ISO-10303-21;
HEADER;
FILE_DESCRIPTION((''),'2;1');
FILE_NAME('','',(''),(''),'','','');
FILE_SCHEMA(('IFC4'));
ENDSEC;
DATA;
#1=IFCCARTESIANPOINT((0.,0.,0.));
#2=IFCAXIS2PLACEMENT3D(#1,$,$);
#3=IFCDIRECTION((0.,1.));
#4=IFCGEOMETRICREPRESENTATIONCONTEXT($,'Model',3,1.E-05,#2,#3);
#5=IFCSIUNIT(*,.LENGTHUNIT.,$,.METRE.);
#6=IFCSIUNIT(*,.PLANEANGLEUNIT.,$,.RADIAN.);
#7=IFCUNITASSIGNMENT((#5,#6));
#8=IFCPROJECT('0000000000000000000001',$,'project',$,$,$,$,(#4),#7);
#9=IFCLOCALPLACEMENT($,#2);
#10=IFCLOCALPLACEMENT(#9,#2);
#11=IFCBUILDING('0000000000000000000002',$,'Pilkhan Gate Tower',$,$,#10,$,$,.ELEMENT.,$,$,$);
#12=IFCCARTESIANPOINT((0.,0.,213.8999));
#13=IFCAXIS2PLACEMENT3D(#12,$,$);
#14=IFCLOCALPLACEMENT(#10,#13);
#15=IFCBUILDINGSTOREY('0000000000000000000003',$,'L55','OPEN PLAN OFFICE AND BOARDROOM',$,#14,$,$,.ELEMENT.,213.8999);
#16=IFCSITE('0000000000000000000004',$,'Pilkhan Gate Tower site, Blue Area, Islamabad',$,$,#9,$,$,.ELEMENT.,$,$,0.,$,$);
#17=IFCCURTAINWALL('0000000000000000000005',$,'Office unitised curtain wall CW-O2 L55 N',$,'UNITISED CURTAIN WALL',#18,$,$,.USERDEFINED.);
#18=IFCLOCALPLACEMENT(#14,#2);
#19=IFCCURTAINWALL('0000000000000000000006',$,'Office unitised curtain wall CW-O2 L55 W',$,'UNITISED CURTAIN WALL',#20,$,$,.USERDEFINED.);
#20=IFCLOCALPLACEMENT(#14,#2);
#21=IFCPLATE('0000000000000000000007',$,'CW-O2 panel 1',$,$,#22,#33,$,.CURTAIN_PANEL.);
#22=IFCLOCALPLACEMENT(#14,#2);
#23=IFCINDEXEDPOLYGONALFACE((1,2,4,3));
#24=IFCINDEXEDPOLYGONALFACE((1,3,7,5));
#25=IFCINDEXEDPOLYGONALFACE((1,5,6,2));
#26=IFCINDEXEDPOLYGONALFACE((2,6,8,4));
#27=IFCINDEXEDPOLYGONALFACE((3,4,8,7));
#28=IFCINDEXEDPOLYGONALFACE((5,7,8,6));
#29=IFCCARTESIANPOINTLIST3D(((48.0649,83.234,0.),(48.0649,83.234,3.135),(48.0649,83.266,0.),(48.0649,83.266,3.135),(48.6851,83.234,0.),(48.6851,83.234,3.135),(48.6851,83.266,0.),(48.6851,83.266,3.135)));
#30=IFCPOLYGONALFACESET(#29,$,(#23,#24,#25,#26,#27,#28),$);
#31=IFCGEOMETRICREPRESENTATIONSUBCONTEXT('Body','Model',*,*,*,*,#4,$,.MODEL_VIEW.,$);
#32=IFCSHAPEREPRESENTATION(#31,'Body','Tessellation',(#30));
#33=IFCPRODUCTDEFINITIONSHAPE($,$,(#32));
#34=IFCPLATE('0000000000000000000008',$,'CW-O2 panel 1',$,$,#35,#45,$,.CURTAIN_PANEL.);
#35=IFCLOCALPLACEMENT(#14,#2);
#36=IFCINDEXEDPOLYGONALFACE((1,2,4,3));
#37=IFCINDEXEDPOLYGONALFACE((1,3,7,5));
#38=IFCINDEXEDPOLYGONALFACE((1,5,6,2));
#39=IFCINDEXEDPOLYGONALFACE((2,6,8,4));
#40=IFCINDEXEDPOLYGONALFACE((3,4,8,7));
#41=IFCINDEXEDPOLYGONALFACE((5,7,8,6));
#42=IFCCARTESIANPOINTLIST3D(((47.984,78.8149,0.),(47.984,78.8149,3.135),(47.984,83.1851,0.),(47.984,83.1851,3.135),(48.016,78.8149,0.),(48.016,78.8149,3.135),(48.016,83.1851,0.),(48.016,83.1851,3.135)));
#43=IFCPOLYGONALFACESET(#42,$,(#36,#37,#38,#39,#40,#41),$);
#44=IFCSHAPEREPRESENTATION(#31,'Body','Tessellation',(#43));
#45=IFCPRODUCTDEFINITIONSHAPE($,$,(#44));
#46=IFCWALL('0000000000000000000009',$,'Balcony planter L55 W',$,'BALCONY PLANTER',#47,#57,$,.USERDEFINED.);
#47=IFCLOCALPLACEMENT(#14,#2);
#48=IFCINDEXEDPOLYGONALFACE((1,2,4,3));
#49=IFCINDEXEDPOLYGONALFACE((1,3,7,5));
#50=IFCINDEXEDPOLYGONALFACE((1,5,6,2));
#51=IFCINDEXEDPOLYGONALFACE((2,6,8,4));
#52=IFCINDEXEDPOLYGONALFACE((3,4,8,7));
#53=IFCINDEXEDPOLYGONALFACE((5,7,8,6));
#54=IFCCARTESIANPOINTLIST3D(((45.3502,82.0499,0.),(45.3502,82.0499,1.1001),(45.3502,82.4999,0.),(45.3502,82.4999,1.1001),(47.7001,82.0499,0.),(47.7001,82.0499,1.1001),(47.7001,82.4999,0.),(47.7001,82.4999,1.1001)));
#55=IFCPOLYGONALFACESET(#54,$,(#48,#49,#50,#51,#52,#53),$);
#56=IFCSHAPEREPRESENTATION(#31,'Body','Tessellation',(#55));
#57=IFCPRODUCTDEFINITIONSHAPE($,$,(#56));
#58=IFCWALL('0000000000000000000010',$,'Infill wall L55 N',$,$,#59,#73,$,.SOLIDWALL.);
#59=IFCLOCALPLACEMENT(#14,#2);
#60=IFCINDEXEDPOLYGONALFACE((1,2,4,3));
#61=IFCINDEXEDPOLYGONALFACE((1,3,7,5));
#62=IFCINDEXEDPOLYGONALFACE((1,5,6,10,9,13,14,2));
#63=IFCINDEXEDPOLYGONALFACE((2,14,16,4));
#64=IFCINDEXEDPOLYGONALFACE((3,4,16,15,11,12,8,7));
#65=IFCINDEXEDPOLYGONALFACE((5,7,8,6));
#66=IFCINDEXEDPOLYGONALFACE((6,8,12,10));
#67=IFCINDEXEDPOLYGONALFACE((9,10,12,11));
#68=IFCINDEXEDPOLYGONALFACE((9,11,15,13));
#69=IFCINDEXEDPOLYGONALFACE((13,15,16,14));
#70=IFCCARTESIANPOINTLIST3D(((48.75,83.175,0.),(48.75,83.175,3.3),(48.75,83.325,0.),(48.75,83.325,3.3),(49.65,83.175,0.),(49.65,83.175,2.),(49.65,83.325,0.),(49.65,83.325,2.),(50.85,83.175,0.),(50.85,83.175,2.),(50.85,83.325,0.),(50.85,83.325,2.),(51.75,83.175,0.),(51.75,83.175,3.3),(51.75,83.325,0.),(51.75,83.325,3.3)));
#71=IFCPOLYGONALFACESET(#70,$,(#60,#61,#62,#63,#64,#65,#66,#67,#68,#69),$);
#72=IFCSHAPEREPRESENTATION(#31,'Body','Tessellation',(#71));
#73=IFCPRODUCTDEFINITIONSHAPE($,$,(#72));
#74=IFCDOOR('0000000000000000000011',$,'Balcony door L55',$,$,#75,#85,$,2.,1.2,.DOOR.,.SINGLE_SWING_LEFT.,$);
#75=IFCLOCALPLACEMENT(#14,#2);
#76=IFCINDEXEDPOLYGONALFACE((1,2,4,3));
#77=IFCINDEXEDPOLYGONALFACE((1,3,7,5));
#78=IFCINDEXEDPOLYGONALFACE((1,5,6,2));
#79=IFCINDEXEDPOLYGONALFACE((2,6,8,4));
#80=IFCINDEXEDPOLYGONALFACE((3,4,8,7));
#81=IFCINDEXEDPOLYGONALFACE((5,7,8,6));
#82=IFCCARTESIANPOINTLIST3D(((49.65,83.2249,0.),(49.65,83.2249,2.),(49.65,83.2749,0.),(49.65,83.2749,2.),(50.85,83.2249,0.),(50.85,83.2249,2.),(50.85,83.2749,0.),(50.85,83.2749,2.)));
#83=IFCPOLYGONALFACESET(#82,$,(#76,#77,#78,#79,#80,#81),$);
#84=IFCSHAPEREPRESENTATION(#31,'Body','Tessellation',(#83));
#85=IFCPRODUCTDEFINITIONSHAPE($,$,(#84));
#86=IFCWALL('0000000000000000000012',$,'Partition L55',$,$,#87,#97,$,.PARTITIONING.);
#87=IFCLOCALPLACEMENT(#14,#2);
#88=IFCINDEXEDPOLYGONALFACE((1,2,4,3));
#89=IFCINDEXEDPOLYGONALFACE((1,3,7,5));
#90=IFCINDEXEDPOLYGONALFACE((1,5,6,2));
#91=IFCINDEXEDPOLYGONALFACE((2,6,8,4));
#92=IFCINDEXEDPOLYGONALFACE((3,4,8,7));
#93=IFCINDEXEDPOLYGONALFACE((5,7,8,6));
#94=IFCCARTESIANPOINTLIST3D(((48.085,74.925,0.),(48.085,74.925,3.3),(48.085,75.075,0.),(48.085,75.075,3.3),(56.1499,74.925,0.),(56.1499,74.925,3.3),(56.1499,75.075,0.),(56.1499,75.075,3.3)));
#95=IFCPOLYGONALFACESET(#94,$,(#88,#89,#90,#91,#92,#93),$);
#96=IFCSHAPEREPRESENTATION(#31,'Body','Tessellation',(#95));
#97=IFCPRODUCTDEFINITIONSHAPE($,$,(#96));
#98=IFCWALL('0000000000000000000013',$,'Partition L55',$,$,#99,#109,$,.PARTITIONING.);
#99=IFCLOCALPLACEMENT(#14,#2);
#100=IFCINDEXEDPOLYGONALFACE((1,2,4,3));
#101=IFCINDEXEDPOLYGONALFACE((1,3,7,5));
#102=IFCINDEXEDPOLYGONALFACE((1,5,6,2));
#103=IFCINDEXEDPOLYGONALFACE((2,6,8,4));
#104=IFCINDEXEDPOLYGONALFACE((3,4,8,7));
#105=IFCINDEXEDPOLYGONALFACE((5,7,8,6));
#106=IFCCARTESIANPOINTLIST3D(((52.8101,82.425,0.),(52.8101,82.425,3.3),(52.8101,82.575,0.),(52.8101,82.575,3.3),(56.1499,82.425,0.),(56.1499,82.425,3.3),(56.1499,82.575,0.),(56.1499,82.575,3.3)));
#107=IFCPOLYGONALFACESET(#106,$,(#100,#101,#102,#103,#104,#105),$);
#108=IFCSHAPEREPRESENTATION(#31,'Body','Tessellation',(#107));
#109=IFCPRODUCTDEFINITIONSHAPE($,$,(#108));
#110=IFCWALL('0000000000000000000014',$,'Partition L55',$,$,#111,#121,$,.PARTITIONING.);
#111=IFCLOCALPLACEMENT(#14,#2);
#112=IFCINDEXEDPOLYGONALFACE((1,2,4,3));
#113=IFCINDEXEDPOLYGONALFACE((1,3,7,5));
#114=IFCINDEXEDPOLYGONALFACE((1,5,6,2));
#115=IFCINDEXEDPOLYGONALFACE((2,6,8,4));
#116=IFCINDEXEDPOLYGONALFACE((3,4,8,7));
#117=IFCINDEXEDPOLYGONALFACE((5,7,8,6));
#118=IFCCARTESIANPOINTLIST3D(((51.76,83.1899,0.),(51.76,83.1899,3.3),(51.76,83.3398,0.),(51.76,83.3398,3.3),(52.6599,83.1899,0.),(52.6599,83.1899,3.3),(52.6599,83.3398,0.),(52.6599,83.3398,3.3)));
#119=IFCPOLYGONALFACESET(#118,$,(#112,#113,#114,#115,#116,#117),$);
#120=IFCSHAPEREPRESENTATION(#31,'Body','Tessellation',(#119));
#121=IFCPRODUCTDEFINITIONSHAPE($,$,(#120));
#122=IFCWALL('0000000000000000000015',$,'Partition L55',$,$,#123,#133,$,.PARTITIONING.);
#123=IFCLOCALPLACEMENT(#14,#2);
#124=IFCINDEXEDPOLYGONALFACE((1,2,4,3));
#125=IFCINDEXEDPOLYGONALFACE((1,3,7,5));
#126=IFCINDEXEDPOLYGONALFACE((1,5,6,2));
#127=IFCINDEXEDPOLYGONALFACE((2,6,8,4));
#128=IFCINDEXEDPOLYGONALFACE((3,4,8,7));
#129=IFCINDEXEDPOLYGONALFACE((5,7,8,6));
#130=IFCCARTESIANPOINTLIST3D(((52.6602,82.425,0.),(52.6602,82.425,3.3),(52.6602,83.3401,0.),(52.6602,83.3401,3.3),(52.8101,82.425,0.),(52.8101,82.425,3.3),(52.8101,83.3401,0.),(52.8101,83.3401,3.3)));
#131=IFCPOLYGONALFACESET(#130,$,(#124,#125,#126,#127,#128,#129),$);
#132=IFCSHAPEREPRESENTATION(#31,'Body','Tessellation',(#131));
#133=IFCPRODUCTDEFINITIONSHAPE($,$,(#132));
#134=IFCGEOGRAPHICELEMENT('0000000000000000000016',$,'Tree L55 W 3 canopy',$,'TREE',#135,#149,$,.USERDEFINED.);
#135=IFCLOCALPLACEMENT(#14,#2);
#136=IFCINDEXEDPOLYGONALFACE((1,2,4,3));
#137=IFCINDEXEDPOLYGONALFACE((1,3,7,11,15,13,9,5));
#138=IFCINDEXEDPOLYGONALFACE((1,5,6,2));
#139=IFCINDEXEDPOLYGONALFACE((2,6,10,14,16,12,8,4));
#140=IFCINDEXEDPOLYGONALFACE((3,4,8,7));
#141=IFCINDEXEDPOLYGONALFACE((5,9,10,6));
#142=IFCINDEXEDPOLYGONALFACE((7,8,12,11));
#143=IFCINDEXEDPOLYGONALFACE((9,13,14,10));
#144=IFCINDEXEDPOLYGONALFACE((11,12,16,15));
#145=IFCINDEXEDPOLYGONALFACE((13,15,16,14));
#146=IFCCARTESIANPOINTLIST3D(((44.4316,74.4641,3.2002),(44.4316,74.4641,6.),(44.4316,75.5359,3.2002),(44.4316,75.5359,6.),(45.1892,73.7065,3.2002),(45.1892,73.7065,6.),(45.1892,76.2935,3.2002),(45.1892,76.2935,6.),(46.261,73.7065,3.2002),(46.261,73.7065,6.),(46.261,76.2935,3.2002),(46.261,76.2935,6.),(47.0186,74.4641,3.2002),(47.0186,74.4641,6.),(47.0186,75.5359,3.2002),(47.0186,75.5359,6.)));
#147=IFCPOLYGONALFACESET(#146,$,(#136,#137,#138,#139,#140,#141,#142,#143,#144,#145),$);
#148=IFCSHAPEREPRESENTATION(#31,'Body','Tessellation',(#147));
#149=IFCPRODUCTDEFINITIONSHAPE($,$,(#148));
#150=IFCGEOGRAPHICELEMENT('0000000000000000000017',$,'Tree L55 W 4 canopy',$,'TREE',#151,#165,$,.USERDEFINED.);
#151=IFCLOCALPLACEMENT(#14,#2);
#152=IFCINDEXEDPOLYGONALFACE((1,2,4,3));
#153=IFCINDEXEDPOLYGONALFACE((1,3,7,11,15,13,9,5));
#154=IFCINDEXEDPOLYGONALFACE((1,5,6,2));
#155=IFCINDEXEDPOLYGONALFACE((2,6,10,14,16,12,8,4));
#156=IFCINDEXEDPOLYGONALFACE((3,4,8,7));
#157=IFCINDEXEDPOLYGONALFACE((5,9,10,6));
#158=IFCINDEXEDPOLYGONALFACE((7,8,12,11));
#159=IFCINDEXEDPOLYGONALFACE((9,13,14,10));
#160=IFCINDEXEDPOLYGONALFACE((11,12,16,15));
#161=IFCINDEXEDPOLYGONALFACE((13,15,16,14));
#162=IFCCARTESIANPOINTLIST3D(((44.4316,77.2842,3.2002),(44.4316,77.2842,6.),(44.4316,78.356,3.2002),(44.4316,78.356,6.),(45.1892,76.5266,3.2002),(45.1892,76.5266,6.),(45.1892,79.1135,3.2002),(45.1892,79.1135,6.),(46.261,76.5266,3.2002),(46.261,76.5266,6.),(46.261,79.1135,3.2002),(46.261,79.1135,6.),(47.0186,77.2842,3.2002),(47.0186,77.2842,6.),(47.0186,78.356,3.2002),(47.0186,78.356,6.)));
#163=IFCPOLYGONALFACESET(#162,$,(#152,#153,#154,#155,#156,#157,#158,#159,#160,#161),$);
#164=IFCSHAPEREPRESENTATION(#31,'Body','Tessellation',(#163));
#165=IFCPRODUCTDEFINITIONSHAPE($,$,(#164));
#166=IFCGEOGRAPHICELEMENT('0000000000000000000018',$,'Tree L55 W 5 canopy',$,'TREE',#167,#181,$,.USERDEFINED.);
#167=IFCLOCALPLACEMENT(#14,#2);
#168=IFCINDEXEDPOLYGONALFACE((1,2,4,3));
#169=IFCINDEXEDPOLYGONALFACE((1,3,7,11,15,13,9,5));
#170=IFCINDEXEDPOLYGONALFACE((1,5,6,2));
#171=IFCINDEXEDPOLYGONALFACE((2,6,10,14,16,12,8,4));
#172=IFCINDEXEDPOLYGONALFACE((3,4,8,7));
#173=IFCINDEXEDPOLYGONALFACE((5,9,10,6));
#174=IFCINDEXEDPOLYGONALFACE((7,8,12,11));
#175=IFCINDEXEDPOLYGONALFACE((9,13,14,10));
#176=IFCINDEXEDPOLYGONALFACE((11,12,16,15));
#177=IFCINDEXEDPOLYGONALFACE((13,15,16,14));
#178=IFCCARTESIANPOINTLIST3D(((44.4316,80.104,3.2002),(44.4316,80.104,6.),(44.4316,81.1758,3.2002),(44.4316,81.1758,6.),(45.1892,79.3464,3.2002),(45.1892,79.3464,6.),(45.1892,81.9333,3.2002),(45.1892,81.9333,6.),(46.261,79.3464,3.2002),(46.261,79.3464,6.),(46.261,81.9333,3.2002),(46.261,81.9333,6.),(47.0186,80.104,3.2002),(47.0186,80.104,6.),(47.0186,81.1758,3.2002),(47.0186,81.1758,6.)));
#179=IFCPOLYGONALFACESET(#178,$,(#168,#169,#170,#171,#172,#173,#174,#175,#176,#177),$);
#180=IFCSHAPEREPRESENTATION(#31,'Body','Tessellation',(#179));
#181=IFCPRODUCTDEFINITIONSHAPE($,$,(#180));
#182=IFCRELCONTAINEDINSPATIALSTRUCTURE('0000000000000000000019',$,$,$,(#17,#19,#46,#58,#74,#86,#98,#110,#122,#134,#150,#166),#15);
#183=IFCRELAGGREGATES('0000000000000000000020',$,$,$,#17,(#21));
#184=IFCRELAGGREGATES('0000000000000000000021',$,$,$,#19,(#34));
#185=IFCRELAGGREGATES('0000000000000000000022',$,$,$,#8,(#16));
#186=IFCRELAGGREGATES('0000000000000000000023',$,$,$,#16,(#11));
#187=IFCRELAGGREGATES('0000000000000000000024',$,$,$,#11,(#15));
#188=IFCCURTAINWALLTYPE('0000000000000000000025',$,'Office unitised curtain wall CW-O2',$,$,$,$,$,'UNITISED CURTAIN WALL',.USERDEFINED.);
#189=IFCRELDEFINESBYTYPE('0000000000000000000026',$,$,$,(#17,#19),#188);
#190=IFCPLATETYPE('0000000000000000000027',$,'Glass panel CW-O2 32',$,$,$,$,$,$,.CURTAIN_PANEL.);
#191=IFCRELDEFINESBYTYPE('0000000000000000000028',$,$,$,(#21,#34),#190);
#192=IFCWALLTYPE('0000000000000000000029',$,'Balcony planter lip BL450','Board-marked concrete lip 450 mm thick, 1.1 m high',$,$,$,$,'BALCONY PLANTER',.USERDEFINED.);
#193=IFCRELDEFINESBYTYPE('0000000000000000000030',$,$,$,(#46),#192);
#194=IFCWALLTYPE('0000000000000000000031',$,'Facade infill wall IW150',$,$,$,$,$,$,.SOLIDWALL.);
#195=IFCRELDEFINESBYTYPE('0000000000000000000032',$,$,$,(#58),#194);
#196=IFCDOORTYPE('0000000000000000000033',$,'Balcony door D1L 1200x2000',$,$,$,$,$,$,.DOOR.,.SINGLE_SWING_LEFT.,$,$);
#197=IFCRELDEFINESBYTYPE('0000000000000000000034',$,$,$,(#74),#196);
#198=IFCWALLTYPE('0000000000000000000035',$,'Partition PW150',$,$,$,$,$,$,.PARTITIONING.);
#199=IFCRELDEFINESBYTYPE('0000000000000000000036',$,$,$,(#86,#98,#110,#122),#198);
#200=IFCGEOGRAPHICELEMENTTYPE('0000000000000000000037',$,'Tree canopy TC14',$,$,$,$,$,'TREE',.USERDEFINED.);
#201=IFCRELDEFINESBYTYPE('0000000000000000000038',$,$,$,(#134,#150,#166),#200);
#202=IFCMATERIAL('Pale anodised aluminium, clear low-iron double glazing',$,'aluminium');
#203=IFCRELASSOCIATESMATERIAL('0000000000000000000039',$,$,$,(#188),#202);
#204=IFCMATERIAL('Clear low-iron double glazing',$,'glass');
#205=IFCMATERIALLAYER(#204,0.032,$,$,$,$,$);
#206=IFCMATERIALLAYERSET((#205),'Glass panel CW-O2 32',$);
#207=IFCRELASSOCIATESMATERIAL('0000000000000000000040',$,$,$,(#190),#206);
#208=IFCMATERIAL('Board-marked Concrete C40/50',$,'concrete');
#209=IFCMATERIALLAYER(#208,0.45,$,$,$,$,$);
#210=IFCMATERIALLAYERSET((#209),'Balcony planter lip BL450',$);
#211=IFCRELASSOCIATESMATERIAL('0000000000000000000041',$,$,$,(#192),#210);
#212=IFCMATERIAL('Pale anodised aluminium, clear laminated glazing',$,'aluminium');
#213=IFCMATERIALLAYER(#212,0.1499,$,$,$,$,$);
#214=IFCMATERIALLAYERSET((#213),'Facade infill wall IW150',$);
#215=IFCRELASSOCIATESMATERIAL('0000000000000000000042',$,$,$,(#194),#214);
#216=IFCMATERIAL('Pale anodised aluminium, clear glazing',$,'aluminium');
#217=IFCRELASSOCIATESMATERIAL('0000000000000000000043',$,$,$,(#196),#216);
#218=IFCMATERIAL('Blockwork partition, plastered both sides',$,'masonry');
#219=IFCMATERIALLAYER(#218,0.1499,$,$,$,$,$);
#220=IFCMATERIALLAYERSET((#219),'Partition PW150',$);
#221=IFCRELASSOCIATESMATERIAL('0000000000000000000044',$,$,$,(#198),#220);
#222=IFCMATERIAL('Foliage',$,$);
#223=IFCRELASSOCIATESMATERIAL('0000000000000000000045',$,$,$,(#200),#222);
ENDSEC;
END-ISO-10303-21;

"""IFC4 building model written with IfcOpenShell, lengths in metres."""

from ifc_helpers import new_model, si_unit, direction, frame, frame_2d, origin, origin_2d, place, context, subcontext, project, spatial, polyline, rectangle, outline, extrude, material, layer, layer_set, material_profile, profile_set, type_object, element, fill, aggregate, save


model = new_model("IFC4")

# Units and contexts
model_context = context("Model", 3, precision=1e-05, world=origin(), true_north=direction((0.0, 1.0)))
body_context = subcontext(model_context, "Body", "Model", "MODEL_VIEW")
ifc_project = project(units=[si_unit("LENGTHUNIT", "METRE"), si_unit("PLANEANGLEUNIT", "RADIAN")], contexts=[model_context])

# Site, building, storey
site_placement = place(None, origin())
site = spatial("IfcSite", under=ifc_project, at=site_placement, Name="Pilkhan Gate Tower site, Blue Area, Islamabad", CompositionType="ELEMENT", RefElevation=0.0)
building_placement = place(site_placement, origin())
building = spatial("IfcBuilding", under=site, at=building_placement, Name="Pilkhan Gate Tower", CompositionType="ELEMENT")
storey_placement = place(building_placement, frame((0.0, 0.0, 213.8999)))
storey = spatial("IfcBuildingStorey", under=building, at=storey_placement, Name="L55", Description="OPEN PLAN OFFICE AND BOARDROOM", CompositionType="ELEMENT", Elevation=213.8999)

# Curtain walls
ifc_material_1 = material(Name="Pale anodised aluminium, clear low-iron double glazing", Category="aluminium")
curtain_wall_type = type_object("IfcCurtainWallType", Name="Office unitised curtain wall CW-O2", ElementType="UNITISED CURTAIN WALL", PredefinedType="USERDEFINED", material=ifc_material_1)
curtain_wall_1_placement = place(storey_placement, origin())
curtain_wall_1 = element("IfcCurtainWall", 1, at=curtain_wall_1_placement, inside=storey, type_object=curtain_wall_type, Name="Office unitised curtain wall CW-O2 L55 N", ObjectType="UNITISED CURTAIN WALL", PredefinedType="USERDEFINED")
curtain_wall_2_placement = place(storey_placement, origin())
curtain_wall_2 = element("IfcCurtainWall", 2, at=curtain_wall_2_placement, inside=storey, type_object=curtain_wall_type, Name="Office unitised curtain wall CW-O2 L55 W", ObjectType="UNITISED CURTAIN WALL", PredefinedType="USERDEFINED")

# Plates
ifc_material_2 = material(Name="Clear low-iron double glazing", Category="glass")
ifc_layer_1 = layer(ifc_material_2, 0.032)
ifc_layer_set_1 = layer_set([ifc_layer_1], Name="Glass panel CW-O2 32")
plate_type = type_object("IfcPlateType", Name="Glass panel CW-O2 32", PredefinedType="CURTAIN_PANEL", material=ifc_layer_set_1)
plate_1_placement = place(storey_placement, frame((48.375, 83.25, 0.0), z_axis=(0.0, 0.0, 1.0), x_axis=(1.0, 0.0, 0.0)))
plate_1 = element("IfcPlate", 3, at=plate_1_placement, type_object=plate_type, Name="CW-O2 panel 1", PredefinedType="CURTAIN_PANEL", context=body_context, shape_type="SweptSolid", body=[
    extrude(rectangle(XDim=0.6201, YDim=0.032, at=origin_2d()), origin(), (0.0, 0.0, 1.0), 3.135),
])
aggregate(curtain_wall_1, [plate_1])
plate_2_placement = place(storey_placement, frame((48.0, 81.0, 0.0), z_axis=(0.0, 0.0, 1.0), x_axis=(0.0, 1.0, 0.0)))
plate_2 = element("IfcPlate", 4, at=plate_2_placement, type_object=plate_type, Name="CW-O2 panel 1", PredefinedType="CURTAIN_PANEL", context=body_context, shape_type="SweptSolid", body=[
    extrude(rectangle(XDim=4.3701, YDim=0.032, at=origin_2d()), origin(), (0.0, 0.0, 1.0), 3.135),
])
aggregate(curtain_wall_2, [plate_2])

# Wall
ifc_material_3 = material(Name="Board-marked Concrete C40/50", Category="concrete")
ifc_layer_2 = layer(ifc_material_3, 0.45)
ifc_layer_set_2 = layer_set([ifc_layer_2], Name="Balcony planter lip BL450")
wall_type_1 = type_object("IfcWallType", Name="Balcony planter lip BL450", Description="Board-marked concrete lip 450 mm thick, 1.1 m high", ElementType="BALCONY PLANTER", PredefinedType="USERDEFINED", material=ifc_layer_set_2)
wall_1_placement = place(storey_placement, frame((47.7, 82.2749, 0.0), z_axis=(0.0, 0.0, 1.0), x_axis=(-1.0, 0.0, 0.0)))
element("IfcWall", 5, at=wall_1_placement, inside=storey, type_object=wall_type_1, Name="Balcony planter L55 W", ObjectType="BALCONY PLANTER", PredefinedType="USERDEFINED", context=body_context, shape_type="SweptSolid", body=[
    extrude(rectangle(XDim=2.3499, YDim=0.45, at=frame_2d((1.1748, 0.0))), origin(), (0.0, 0.0, 1.0), 1.1001),
])

# Wall, opening, door
ifc_material_4 = material(Name="Pale anodised aluminium, clear laminated glazing", Category="aluminium")
ifc_layer_3 = layer(ifc_material_4, 0.1499)
ifc_layer_set_3 = layer_set([ifc_layer_3], Name="Facade infill wall IW150")
wall_type_2 = type_object("IfcWallType", Name="Facade infill wall IW150", PredefinedType="SOLIDWALL", material=ifc_layer_set_3)
wall_2_placement = place(storey_placement, frame((48.75, 83.25, 0.0), z_axis=(0.0, 0.0, 1.0), x_axis=(1.0, 0.0, 0.0)))
wall_2 = element("IfcWall", 6, at=wall_2_placement, inside=storey, type_object=wall_type_2, Name="Infill wall L55 N", PredefinedType="SOLIDWALL", context=body_context, shape_type="SweptSolid", body=[
    extrude(rectangle(XDim=3.0, YDim=0.1499, at=frame_2d((1.5, 0.0))), origin(), (0.0, 0.0, 1.0), 3.3),
])
opening_1_placement = place(wall_2_placement, frame((0.8999, 0.0, 0.0)))
opening_1 = element("IfcOpeningElement", 7, at=opening_1_placement, cuts=wall_2, PredefinedType="OPENING", context=body_context, shape_type="SweptSolid", body=[
    extrude(rectangle(XDim=1.2, YDim=2.0, at=frame_2d((0.6001, 1.0))), frame((0.0, 0.085, 0.0), z_axis=(0.0, -1.0, 0.0), x_axis=(1.0, 0.0, 0.0)), (0.0, 0.0, 1.0), 0.1699),
])
ifc_material_5 = material(Name="Pale anodised aluminium, clear glazing", Category="aluminium")
door_type_1 = type_object("IfcDoorType", Name="Balcony door D1L 1200x2000", OperationType="SINGLE_SWING_LEFT", PredefinedType="DOOR", material=ifc_material_5)
door_1_placement = place(opening_1_placement, origin())
door_1 = element("IfcDoor", 8, at=door_1_placement, inside=storey, type_object=door_type_1, Name="Balcony door L55", OperationType="SINGLE_SWING_LEFT", OverallHeight=2.0, OverallWidth=1.2, PredefinedType="DOOR", context=body_context, shape_type="SweptSolid", body=[
    extrude(rectangle(XDim=1.2, YDim=2.0, at=frame_2d((0.6001, 1.0))), frame((0.0, 0.0249, 0.0), z_axis=(0.0, -1.0, 0.0), x_axis=(1.0, 0.0, 0.0)), (0.0, 0.0, 1.0), 0.05),
])
fill(opening_1, door_1)

# Walls
ifc_material_6 = material(Name="Blockwork partition, plastered both sides", Category="masonry")
ifc_layer_4 = layer(ifc_material_6, 0.1499)
ifc_layer_set_4 = layer_set([ifc_layer_4], Name="Partition PW150")
wall_type_3 = type_object("IfcWallType", Name="Partition PW150", PredefinedType="PARTITIONING", material=ifc_layer_set_4)
wall_3_placement = place(storey_placement, frame((48.085, 75.0, 0.0), z_axis=(0.0, 0.0, 1.0), x_axis=(1.0, 0.0, 0.0)))
element("IfcWall", 9, at=wall_3_placement, inside=storey, type_object=wall_type_3, Name="Partition L55", PredefinedType="PARTITIONING", context=body_context, shape_type="SweptSolid", body=[
    extrude(rectangle(XDim=8.0649, YDim=0.1499, at=frame_2d((4.0325, 0.0))), origin(), (0.0, 0.0, 1.0), 3.3),
])
wall_4_placement = place(storey_placement, frame((52.8101, 82.5, 0.0), z_axis=(0.0, 0.0, 1.0), x_axis=(1.0, 0.0, 0.0)))
element("IfcWall", 10, at=wall_4_placement, inside=storey, type_object=wall_type_3, Name="Partition L55", PredefinedType="PARTITIONING", context=body_context, shape_type="SweptSolid", body=[
    extrude(rectangle(XDim=3.3398, YDim=0.1499, at=frame_2d((1.6699, 0.0))), origin(), (0.0, 0.0, 1.0), 3.3),
])
wall_5_placement = place(storey_placement, frame((51.76, 83.2649, 0.0), z_axis=(0.0, 0.0, 1.0), x_axis=(1.0, 0.0, 0.0)))
element("IfcWall", 11, at=wall_5_placement, inside=storey, type_object=wall_type_3, Name="Partition L55", PredefinedType="PARTITIONING", context=body_context, shape_type="SweptSolid", body=[
    extrude(rectangle(XDim=0.8999, YDim=0.1499, at=frame_2d((0.45, 0.0))), origin(), (0.0, 0.0, 1.0), 3.3),
])
wall_6_placement = place(storey_placement, frame((52.7351, 82.425, 0.0), z_axis=(0.0, 0.0, 1.0), x_axis=(0.0, 1.0, 0.0)))
element("IfcWall", 12, at=wall_6_placement, inside=storey, type_object=wall_type_3, Name="Partition L55", PredefinedType="PARTITIONING", context=body_context, shape_type="SweptSolid", body=[
    extrude(rectangle(XDim=0.915, YDim=0.1499, at=frame_2d((0.4575, 0.0))), origin(), (0.0, 0.0, 1.0), 3.3),
])

# Geographic elements
ifc_material_7 = material(Name="Foliage")
ifc_material_profile_1 = material_profile(ifc_material_7, outline(polyline([(1.2935, 0.5359), (0.5359, 1.2935), (-0.5359, 1.2935), (-1.2935, 0.5359), (-1.2935, -0.5359), (-0.5359, -1.2935), (0.5359, -1.2935), (1.2935, -0.5359), (1.2935, 0.5359)])), Name="Canopy D2.8")
ifc_profile_set_1 = profile_set([ifc_material_profile_1], Name="Foliage")
geographic_element_type_1 = type_object("IfcGeographicElementType", Name="Tree canopy TC14", ElementType="TREE", PredefinedType="USERDEFINED", material=ifc_profile_set_1)
for number, where, z_axis, x_axis, name in (
    (13, (45.7251, 75.0, 3.2002), (0.0, 0.0, 1.0), (1.0, 0.0, 0.0), "Tree L55 W 3 canopy"),
    (14, (45.7251, 77.8201, 3.2002), (0.0, 0.0, 1.0), (1.0, 0.0, 0.0), "Tree L55 W 4 canopy"),
    (15, (45.7251, 80.6399, 3.2002), (0.0, 0.0, 1.0), (1.0, 0.0, 0.0), "Tree L55 W 5 canopy"),
):
    element("IfcGeographicElement", number, at=place(storey_placement, frame(where, z_axis=z_axis, x_axis=x_axis)), inside=storey, type_object=geographic_element_type_1, Name=name, ObjectType="TREE", PredefinedType="USERDEFINED", context=body_context, shape_type="SweptSolid", body=[
        extrude(outline(polyline([(1.2935, 0.5359), (0.5359, 1.2935), (-0.5359, 1.2935), (-1.2935, 0.5359), (-1.2935, -0.5359), (-0.5359, -1.2935), (0.5359, -1.2935), (1.2935, -0.5359), (1.2935, 0.5359)])), origin(), (0.0, 0.0, 1.0), 2.7998),
    ])

save(model, "model.ifc")
